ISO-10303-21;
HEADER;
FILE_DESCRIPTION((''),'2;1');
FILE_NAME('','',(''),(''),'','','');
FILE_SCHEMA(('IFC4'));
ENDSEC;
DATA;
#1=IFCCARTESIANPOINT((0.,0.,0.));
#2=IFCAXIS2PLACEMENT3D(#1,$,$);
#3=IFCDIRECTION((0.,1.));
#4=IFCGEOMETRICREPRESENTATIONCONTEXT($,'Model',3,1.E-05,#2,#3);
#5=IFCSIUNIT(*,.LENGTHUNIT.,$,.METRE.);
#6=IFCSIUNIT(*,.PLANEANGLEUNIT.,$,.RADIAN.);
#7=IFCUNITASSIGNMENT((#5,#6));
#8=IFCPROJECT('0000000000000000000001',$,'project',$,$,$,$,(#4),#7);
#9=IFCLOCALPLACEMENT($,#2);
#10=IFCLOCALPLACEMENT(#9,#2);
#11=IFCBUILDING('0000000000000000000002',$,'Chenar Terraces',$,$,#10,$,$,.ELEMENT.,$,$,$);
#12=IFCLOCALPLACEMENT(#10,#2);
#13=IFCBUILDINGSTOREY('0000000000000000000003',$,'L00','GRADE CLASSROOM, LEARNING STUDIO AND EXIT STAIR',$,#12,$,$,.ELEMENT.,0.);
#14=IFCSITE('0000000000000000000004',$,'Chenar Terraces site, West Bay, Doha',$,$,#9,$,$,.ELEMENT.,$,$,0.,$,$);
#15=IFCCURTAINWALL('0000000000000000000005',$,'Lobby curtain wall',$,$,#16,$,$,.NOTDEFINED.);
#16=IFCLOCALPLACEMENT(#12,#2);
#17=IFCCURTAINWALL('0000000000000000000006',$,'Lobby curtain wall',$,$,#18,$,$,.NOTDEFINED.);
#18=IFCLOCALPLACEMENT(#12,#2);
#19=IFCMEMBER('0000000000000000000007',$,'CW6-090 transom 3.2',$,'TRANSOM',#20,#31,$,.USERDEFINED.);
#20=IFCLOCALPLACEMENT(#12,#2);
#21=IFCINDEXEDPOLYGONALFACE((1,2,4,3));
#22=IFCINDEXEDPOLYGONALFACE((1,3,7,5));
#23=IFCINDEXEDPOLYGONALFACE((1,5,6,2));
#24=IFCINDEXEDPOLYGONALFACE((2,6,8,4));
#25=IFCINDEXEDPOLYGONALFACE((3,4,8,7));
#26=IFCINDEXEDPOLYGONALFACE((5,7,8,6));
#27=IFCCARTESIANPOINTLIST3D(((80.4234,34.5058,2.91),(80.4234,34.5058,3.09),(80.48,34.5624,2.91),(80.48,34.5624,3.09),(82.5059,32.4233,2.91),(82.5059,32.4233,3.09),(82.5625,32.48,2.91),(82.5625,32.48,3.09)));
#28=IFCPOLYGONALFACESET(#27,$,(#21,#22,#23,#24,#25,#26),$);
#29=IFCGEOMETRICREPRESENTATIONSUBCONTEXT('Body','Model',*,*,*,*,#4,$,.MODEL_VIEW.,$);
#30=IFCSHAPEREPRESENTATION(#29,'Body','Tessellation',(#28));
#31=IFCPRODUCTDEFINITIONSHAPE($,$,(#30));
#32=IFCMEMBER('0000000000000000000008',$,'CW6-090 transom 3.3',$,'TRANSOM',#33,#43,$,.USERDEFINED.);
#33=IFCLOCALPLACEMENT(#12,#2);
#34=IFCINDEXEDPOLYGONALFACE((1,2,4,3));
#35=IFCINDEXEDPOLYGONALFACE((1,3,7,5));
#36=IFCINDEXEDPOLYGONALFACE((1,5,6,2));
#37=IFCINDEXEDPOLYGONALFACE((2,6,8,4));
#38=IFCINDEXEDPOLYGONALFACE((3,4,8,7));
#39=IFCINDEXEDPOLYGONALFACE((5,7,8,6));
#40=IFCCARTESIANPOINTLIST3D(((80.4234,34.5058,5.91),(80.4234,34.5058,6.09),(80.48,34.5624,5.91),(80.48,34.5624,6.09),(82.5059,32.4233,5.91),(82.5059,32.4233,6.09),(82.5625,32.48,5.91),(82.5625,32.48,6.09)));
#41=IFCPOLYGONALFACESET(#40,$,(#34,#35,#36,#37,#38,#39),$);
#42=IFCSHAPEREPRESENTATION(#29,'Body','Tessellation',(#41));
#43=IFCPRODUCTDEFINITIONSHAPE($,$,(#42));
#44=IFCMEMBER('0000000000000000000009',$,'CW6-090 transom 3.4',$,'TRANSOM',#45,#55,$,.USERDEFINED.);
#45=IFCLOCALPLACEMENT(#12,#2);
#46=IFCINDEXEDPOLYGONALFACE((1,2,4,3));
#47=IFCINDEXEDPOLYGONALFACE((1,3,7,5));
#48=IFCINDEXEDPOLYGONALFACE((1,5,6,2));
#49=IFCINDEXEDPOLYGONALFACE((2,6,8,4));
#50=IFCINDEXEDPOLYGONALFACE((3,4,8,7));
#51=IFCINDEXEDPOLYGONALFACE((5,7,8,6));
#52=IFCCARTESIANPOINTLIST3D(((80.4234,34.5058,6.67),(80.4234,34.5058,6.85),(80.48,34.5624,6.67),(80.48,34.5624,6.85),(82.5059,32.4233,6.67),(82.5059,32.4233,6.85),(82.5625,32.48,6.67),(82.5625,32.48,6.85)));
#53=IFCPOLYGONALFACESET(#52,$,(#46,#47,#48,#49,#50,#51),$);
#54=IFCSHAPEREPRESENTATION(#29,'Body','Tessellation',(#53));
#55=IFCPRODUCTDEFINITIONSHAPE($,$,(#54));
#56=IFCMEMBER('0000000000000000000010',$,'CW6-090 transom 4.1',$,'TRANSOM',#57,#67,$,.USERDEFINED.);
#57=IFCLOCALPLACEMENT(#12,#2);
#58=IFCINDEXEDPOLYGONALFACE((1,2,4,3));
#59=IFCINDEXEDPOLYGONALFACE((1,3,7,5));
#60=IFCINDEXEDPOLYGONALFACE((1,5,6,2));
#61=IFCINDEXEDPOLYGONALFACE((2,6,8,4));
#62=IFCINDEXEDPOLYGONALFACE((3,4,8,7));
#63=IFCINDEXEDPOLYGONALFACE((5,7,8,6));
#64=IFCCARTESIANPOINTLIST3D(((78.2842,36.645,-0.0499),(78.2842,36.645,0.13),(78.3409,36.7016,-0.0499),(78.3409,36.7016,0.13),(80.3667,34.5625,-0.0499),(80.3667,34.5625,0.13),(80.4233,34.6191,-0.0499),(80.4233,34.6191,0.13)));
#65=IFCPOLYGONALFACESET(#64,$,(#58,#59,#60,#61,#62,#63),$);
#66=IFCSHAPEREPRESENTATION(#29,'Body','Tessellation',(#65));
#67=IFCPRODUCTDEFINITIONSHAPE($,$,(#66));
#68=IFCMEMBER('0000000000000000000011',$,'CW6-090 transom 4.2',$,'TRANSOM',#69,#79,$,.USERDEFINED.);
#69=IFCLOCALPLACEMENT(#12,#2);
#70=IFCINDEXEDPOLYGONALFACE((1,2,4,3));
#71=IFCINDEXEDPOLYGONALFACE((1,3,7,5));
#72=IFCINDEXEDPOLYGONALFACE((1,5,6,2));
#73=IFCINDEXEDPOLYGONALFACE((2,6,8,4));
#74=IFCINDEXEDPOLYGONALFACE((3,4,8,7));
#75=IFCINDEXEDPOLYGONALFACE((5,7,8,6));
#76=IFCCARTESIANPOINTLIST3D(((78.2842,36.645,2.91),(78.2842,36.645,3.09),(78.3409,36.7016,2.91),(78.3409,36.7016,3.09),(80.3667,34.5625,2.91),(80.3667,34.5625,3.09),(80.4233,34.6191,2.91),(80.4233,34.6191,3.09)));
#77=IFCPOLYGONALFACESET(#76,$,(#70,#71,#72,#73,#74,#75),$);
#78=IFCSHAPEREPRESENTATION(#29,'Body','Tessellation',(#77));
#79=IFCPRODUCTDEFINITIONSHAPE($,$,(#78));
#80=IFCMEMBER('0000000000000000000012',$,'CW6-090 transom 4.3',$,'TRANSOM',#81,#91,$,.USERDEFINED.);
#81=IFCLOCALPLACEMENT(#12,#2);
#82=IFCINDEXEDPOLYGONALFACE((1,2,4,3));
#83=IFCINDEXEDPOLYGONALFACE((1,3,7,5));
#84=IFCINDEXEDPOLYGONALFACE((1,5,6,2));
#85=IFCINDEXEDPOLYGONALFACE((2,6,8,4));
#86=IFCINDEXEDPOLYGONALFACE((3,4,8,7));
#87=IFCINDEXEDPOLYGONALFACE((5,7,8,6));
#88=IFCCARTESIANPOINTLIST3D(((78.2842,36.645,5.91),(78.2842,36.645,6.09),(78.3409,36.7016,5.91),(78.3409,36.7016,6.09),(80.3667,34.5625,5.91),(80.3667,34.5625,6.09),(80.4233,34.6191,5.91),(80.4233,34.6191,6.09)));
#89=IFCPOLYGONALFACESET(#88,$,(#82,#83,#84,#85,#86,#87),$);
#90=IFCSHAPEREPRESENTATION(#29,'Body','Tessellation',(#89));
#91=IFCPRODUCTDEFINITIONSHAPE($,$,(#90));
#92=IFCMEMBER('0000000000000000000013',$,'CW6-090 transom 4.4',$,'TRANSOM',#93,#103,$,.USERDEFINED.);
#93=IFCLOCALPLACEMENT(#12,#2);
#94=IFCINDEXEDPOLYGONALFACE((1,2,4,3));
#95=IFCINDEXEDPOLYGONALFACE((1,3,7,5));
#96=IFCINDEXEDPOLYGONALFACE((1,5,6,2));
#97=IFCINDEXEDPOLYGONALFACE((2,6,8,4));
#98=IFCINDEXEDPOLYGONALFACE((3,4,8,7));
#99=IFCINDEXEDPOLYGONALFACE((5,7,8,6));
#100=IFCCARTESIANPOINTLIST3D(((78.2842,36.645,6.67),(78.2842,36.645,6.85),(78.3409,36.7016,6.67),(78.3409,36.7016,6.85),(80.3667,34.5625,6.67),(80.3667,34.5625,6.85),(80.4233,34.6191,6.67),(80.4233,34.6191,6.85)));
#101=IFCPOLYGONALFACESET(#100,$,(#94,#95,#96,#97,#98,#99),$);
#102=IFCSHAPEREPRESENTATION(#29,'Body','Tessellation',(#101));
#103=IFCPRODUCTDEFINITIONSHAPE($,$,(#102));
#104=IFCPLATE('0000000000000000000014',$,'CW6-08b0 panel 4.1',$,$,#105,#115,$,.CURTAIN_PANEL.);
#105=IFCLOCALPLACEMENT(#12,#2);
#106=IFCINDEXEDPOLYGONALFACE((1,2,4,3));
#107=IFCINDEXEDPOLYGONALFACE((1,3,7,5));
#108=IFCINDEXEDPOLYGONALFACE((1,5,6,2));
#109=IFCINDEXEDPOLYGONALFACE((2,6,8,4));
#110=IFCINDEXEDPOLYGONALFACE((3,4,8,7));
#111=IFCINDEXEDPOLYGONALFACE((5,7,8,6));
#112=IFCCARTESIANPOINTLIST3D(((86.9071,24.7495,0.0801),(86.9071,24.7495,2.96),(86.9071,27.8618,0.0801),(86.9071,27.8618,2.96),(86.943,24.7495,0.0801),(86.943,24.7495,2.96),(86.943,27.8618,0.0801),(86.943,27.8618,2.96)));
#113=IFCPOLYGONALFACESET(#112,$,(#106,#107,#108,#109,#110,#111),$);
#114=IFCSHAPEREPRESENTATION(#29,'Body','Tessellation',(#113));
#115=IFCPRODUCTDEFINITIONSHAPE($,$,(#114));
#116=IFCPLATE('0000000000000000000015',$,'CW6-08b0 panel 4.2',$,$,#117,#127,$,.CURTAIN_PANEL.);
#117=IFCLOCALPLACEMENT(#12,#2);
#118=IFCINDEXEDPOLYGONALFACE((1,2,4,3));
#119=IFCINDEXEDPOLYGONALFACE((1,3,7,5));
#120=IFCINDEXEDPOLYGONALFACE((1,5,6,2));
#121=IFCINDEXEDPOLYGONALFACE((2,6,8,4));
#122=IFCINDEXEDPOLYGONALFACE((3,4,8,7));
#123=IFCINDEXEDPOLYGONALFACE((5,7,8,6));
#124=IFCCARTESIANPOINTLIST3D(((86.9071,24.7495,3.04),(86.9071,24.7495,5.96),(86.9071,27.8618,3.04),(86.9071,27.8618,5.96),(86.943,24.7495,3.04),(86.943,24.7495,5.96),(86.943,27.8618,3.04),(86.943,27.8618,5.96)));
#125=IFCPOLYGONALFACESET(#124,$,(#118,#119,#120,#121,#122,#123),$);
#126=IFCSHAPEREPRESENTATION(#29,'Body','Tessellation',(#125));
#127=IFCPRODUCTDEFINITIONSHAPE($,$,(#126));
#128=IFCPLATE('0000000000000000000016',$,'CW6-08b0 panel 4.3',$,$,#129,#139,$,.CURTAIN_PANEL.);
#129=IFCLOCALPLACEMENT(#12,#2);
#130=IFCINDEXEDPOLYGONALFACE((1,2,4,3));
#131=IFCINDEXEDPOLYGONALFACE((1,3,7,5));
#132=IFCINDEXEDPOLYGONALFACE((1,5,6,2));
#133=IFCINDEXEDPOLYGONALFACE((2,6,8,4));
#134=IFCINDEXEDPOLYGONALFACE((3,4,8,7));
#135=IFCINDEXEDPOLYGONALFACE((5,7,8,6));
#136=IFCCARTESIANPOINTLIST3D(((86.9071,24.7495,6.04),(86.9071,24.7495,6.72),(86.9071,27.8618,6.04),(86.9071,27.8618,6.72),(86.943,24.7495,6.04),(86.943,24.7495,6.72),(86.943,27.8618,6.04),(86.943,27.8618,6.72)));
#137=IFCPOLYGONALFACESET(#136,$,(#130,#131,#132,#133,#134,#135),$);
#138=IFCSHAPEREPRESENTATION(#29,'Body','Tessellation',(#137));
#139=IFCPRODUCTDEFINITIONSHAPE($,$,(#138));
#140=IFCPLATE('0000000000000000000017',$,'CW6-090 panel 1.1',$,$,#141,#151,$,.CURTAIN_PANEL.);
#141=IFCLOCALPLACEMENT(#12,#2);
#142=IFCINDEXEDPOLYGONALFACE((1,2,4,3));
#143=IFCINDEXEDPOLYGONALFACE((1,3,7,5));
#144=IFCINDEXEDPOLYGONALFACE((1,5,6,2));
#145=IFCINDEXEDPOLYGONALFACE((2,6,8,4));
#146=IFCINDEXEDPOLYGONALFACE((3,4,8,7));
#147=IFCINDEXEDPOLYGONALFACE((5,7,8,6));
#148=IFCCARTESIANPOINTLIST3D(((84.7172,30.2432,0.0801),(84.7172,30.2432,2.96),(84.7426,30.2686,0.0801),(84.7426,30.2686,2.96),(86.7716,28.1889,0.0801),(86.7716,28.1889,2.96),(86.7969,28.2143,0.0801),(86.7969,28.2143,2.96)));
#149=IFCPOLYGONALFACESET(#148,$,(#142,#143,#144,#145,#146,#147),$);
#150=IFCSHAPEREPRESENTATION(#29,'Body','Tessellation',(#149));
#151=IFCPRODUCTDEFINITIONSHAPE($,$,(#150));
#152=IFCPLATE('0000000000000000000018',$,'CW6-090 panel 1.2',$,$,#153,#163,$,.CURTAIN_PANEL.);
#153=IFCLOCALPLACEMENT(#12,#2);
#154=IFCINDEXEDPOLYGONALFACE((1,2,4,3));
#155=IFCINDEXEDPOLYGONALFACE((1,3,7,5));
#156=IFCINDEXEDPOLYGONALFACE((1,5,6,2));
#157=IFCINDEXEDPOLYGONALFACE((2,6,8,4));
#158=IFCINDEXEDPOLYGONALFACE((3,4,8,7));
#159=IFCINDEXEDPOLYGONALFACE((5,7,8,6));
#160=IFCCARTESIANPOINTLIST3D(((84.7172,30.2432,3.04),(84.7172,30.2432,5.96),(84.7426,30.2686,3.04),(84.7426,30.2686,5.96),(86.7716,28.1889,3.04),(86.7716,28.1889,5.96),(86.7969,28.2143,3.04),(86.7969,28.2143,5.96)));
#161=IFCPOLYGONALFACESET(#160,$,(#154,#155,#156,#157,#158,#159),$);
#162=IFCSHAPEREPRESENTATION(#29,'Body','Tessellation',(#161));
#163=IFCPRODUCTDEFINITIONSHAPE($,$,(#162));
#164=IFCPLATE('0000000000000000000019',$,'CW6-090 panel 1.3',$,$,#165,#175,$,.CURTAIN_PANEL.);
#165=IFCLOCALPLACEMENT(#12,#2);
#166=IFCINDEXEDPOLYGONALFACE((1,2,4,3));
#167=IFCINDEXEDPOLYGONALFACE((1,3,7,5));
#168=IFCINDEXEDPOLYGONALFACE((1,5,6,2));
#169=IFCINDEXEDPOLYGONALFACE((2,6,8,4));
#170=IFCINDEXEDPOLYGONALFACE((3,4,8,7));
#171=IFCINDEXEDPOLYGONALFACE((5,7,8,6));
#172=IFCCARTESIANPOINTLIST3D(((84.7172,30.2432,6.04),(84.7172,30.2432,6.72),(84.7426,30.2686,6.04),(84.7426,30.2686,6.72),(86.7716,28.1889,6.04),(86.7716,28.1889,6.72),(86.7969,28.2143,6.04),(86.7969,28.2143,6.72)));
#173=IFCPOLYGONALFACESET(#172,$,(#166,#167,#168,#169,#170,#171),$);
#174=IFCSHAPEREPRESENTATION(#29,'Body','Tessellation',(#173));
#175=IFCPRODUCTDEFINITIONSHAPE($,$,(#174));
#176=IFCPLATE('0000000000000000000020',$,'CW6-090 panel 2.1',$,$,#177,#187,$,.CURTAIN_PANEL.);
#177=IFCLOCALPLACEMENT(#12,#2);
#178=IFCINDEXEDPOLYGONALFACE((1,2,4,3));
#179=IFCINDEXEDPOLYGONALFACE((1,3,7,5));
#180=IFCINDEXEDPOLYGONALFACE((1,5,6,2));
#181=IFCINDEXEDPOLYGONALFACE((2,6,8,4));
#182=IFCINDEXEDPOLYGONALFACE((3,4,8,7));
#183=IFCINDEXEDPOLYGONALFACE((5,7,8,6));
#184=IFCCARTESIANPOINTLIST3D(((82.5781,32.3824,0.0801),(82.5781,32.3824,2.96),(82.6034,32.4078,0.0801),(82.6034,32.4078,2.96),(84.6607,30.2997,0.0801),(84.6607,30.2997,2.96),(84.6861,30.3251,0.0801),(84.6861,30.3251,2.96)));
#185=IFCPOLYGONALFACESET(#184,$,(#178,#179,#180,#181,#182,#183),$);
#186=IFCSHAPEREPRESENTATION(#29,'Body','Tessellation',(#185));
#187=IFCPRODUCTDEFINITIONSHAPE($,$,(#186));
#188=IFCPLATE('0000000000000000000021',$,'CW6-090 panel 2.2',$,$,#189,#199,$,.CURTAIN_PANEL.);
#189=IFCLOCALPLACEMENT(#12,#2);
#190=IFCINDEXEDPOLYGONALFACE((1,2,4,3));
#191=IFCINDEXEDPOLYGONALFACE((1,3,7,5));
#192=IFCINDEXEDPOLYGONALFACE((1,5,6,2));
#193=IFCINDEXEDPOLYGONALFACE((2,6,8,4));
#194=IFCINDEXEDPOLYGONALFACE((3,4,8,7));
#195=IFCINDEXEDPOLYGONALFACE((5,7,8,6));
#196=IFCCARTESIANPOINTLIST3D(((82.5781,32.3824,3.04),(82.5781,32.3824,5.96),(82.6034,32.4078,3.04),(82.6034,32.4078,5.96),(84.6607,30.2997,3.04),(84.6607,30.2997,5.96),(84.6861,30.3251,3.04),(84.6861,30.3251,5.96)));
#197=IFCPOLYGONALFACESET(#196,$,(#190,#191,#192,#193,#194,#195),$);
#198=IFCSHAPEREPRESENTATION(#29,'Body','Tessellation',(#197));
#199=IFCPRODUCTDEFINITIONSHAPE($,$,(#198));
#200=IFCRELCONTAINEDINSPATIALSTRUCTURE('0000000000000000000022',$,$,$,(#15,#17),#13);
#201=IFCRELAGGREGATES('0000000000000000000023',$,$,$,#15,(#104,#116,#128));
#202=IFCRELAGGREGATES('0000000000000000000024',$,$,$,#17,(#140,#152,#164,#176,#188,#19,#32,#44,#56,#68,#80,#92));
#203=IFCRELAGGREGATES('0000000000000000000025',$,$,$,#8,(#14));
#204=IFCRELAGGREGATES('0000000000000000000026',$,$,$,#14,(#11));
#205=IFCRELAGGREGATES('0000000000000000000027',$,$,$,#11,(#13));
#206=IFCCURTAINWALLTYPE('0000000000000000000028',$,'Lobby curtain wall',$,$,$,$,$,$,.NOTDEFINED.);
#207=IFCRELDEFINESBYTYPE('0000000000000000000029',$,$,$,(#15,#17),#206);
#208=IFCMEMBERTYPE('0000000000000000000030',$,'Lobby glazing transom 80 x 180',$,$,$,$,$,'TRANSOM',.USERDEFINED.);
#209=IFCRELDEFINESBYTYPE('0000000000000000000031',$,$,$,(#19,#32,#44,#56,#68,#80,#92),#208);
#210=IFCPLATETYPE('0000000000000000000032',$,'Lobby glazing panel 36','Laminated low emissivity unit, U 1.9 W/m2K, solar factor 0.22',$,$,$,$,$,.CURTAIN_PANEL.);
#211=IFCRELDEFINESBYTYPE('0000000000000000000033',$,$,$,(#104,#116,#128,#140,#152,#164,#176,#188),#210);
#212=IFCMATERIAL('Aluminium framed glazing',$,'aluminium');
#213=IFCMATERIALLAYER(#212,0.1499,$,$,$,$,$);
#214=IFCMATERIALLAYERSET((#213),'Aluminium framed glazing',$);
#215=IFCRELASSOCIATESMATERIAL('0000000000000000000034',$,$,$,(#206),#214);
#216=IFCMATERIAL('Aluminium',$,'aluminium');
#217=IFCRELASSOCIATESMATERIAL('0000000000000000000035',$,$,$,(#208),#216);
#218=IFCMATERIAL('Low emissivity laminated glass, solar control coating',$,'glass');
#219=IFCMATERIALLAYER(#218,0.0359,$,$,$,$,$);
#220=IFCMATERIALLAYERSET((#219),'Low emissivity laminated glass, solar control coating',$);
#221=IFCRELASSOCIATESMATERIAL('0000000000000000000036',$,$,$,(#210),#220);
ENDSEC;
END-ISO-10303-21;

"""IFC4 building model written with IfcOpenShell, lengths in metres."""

from ifc_helpers import new_model, si_unit, direction, frame, origin, origin_2d, place, context, subcontext, project, spatial, rectangle, extrude, material, layer, layer_set, material_profile, profile_set, type_object, element, aggregate, save


model = new_model("IFC4")

# Units and contexts
model_context = context("Model", 3, precision=1e-05, world=origin(), true_north=direction((0.0, 1.0)))
body_context = subcontext(model_context, "Body", "Model", "MODEL_VIEW")
ifc_project = project(units=[si_unit("LENGTHUNIT", "METRE"), si_unit("PLANEANGLEUNIT", "RADIAN")], contexts=[model_context])

# Site, building, storey
site_placement = place(None, origin())
site = spatial("IfcSite", under=ifc_project, at=site_placement, Name="Chenar Terraces site, West Bay, Doha", CompositionType="ELEMENT", RefElevation=0.0)
building_placement = place(site_placement, origin())
building = spatial("IfcBuilding", under=site, at=building_placement, Name="Chenar Terraces", CompositionType="ELEMENT")
storey_placement = place(building_placement, origin())
storey = spatial("IfcBuildingStorey", under=building, at=storey_placement, Name="L00", Description="GRADE CLASSROOM, LEARNING STUDIO AND EXIT STAIR", CompositionType="ELEMENT", Elevation=0.0)

# Curtain wall
ifc_material_1 = material(Name="Aluminium framed glazing", Category="aluminium")
ifc_layer_1 = layer(ifc_material_1, 0.1499)
ifc_layer_set_1 = layer_set([ifc_layer_1], Name="Aluminium framed glazing")
curtain_wall_type = type_object("IfcCurtainWallType", Name="Lobby curtain wall", PredefinedType="NOTDEFINED", material=ifc_layer_set_1)
placement = place(storey_placement, origin())
curtain_wall_1 = element("IfcCurtainWall", 1, at=placement, inside=storey, type_object=curtain_wall_type, Name="Lobby curtain wall", PredefinedType="NOTDEFINED")

# Curtain wall, members
curtain_wall_2 = element("IfcCurtainWall", 2, at=placement, inside=storey, type_object=curtain_wall_type, Name="Lobby curtain wall", PredefinedType="NOTDEFINED")
ifc_material_2 = material(Name="Aluminium", Category="aluminium")
ifc_material_profile_1 = material_profile(ifc_material_2, rectangle(XDim=0.0801, YDim=0.1799, at=origin_2d()), Name="Lobby glazing transom 80 x 180")
ifc_profile_set_1 = profile_set([ifc_material_profile_1], Name="Aluminium")
member_type_1 = type_object("IfcMemberType", Name="Lobby glazing transom 80 x 180", ElementType="TRANSOM", PredefinedType="USERDEFINED", material=ifc_profile_set_1)
member_1_placement = place(storey_placement, frame((82.5342, 32.4517, 3.0), z_axis=(-0.707107, 0.707107, 0.0), x_axis=(-0.707107, -0.707107, 0.0)))
member_1 = element("IfcMember", 3, at=member_1_placement, type_object=member_type_1, Name="CW6-090 transom 3.2", ObjectType="TRANSOM", PredefinedType="USERDEFINED", context=body_context, shape_type="SweptSolid", body=[
    extrude(rectangle(XDim=0.0801, YDim=0.1799, at=origin_2d()), origin(), (0.0, 0.0, 1.0), 2.9451),
])
member_2_placement = place(storey_placement, frame((82.5342, 32.4517, 6.0), z_axis=(-0.707107, 0.707107, 0.0), x_axis=(-0.707107, -0.707107, 0.0)))
member_2 = element("IfcMember", 4, at=member_2_placement, type_object=member_type_1, Name="CW6-090 transom 3.3", ObjectType="TRANSOM", PredefinedType="USERDEFINED", context=body_context, shape_type="SweptSolid", body=[
    extrude(rectangle(XDim=0.0801, YDim=0.1799, at=origin_2d()), origin(), (0.0, 0.0, 1.0), 2.9451),
])
member_3_placement = place(storey_placement, frame((82.5342, 32.4517, 6.76), z_axis=(-0.707107, 0.707107, 0.0), x_axis=(-0.707107, -0.707107, 0.0)))
member_3 = element("IfcMember", 5, at=member_3_placement, type_object=member_type_1, Name="CW6-090 transom 3.4", ObjectType="TRANSOM", PredefinedType="USERDEFINED", context=body_context, shape_type="SweptSolid", body=[
    extrude(rectangle(XDim=0.0801, YDim=0.1799, at=origin_2d()), origin(), (0.0, 0.0, 1.0), 2.9451),
])
member_4_placement = place(storey_placement, frame((80.395, 34.5908, 0.04), z_axis=(-0.707107, 0.707107, 0.0), x_axis=(-0.707107, -0.707107, 0.0)))
member_4 = element("IfcMember", 6, at=member_4_placement, type_object=member_type_1, Name="CW6-090 transom 4.1", ObjectType="TRANSOM", PredefinedType="USERDEFINED", context=body_context, shape_type="SweptSolid", body=[
    extrude(rectangle(XDim=0.0801, YDim=0.1799, at=origin_2d()), origin(), (0.0, 0.0, 1.0), 2.9451),
])
member_5_placement = place(storey_placement, frame((80.395, 34.5908, 3.0), z_axis=(-0.707107, 0.707107, 0.0), x_axis=(-0.707107, -0.707107, 0.0)))
member_5 = element("IfcMember", 7, at=member_5_placement, type_object=member_type_1, Name="CW6-090 transom 4.2", ObjectType="TRANSOM", PredefinedType="USERDEFINED", context=body_context, shape_type="SweptSolid", body=[
    extrude(rectangle(XDim=0.0801, YDim=0.1799, at=origin_2d()), origin(), (0.0, 0.0, 1.0), 2.9451),
])
member_6_placement = place(storey_placement, frame((80.395, 34.5908, 6.0), z_axis=(-0.707107, 0.707107, 0.0), x_axis=(-0.707107, -0.707107, 0.0)))
member_6 = element("IfcMember", 8, at=member_6_placement, type_object=member_type_1, Name="CW6-090 transom 4.3", ObjectType="TRANSOM", PredefinedType="USERDEFINED", context=body_context, shape_type="SweptSolid", body=[
    extrude(rectangle(XDim=0.0801, YDim=0.1799, at=origin_2d()), origin(), (0.0, 0.0, 1.0), 2.9451),
])
member_7_placement = place(storey_placement, frame((80.395, 34.5908, 6.76), z_axis=(-0.707107, 0.707107, 0.0), x_axis=(-0.707107, -0.707107, 0.0)))
member_7 = element("IfcMember", 9, at=member_7_placement, type_object=member_type_1, Name="CW6-090 transom 4.4", ObjectType="TRANSOM", PredefinedType="USERDEFINED", context=body_context, shape_type="SweptSolid", body=[
    extrude(rectangle(XDim=0.0801, YDim=0.1799, at=origin_2d()), origin(), (0.0, 0.0, 1.0), 2.9451),
])

# Plates
ifc_material_3 = material(Name="Low emissivity laminated glass, solar control coating", Category="glass")
ifc_layer_2 = layer(ifc_material_3, 0.0359)
ifc_layer_set_2 = layer_set([ifc_layer_2], Name="Low emissivity laminated glass, solar control coating")
plate_type = type_object("IfcPlateType", Name="Lobby glazing panel 36", Description="Laminated low emissivity unit, U 1.9 W/m2K, solar factor 0.22", PredefinedType="CURTAIN_PANEL", material=ifc_layer_set_2)
plate_1_placement = place(storey_placement, frame((86.925, 26.3057, 0.0801), z_axis=(0.0, 0.0, 1.0), x_axis=(0.0, 1.0, 0.0)))
plate_1 = element("IfcPlate", 10, at=plate_1_placement, type_object=plate_type, Name="CW6-08b0 panel 4.1", PredefinedType="CURTAIN_PANEL", context=body_context, shape_type="SweptSolid", body=[
    extrude(rectangle(XDim=3.1123, YDim=0.0359, at=origin_2d()), origin(), (0.0, 0.0, 1.0), 2.8799),
])
plate_2_placement = place(storey_placement, frame((86.925, 26.3057, 3.04), z_axis=(0.0, 0.0, 1.0), x_axis=(0.0, 1.0, 0.0)))
plate_2 = element("IfcPlate", 11, at=plate_2_placement, type_object=plate_type, Name="CW6-08b0 panel 4.2", PredefinedType="CURTAIN_PANEL", context=body_context, shape_type="SweptSolid", body=[
    extrude(rectangle(XDim=3.1123, YDim=0.0359, at=origin_2d()), origin(), (0.0, 0.0, 1.0), 2.9199),
])
plate_3_placement = place(storey_placement, frame((86.925, 26.3057, 6.04), z_axis=(0.0, 0.0, 1.0), x_axis=(0.0, 1.0, 0.0)))
plate_3 = element("IfcPlate", 12, at=plate_3_placement, type_object=plate_type, Name="CW6-08b0 panel 4.3", PredefinedType="CURTAIN_PANEL", context=body_context, shape_type="SweptSolid", body=[
    extrude(rectangle(XDim=3.1123, YDim=0.0359, at=origin_2d()), origin(), (0.0, 0.0, 1.0), 0.6799),
])
aggregate(curtain_wall_1, [plate_1, plate_2, plate_3])
plate_4_placement = place(storey_placement, frame((85.7571, 29.2288, 0.0801), z_axis=(0.0, 0.0, 1.0), x_axis=(-0.707107, 0.707107, 0.0)))
plate_4 = element("IfcPlate", 13, at=plate_4_placement, type_object=plate_type, Name="CW6-090 panel 1.1", PredefinedType="CURTAIN_PANEL", context=body_context, shape_type="SweptSolid", body=[
    extrude(rectangle(XDim=2.9053, YDim=0.0359, at=origin_2d()), origin(), (0.0, 0.0, 1.0), 2.8799),
])
plate_5_placement = place(storey_placement, frame((85.7571, 29.2288, 3.04), z_axis=(0.0, 0.0, 1.0), x_axis=(-0.707107, 0.707107, 0.0)))
plate_5 = element("IfcPlate", 14, at=plate_5_placement, type_object=plate_type, Name="CW6-090 panel 1.2", PredefinedType="CURTAIN_PANEL", context=body_context, shape_type="SweptSolid", body=[
    extrude(rectangle(XDim=2.9053, YDim=0.0359, at=origin_2d()), origin(), (0.0, 0.0, 1.0), 2.9199),
])
plate_6_placement = place(storey_placement, frame((85.7571, 29.2288, 6.04), z_axis=(0.0, 0.0, 1.0), x_axis=(-0.707107, 0.707107, 0.0)))
plate_6 = element("IfcPlate", 15, at=plate_6_placement, type_object=plate_type, Name="CW6-090 panel 1.3", PredefinedType="CURTAIN_PANEL", context=body_context, shape_type="SweptSolid", body=[
    extrude(rectangle(XDim=2.9053, YDim=0.0359, at=origin_2d()), origin(), (0.0, 0.0, 1.0), 0.6799),
])
plate_7_placement = place(storey_placement, frame((83.6321, 31.3538, 0.0801), z_axis=(0.0, 0.0, 1.0), x_axis=(-0.707107, 0.707107, 0.0)))
plate_7 = element("IfcPlate", 16, at=plate_7_placement, type_object=plate_type, Name="CW6-090 panel 2.1", PredefinedType="CURTAIN_PANEL", context=body_context, shape_type="SweptSolid", body=[
    extrude(rectangle(XDim=2.9453, YDim=0.0359, at=origin_2d()), origin(), (0.0, 0.0, 1.0), 2.8799),
])
plate_8_placement = place(storey_placement, frame((83.6321, 31.3538, 3.04), z_axis=(0.0, 0.0, 1.0), x_axis=(-0.707107, 0.707107, 0.0)))
plate_8 = element("IfcPlate", 17, at=plate_8_placement, type_object=plate_type, Name="CW6-090 panel 2.2", PredefinedType="CURTAIN_PANEL", context=body_context, shape_type="SweptSolid", body=[
    extrude(rectangle(XDim=2.9453, YDim=0.0359, at=origin_2d()), origin(), (0.0, 0.0, 1.0), 2.9199),
])
aggregate(curtain_wall_2, [plate_4, plate_5, plate_6, plate_7, plate_8, member_1, member_2, member_3, member_4, member_5, member_6, member_7])

save(model, "model.ifc")
